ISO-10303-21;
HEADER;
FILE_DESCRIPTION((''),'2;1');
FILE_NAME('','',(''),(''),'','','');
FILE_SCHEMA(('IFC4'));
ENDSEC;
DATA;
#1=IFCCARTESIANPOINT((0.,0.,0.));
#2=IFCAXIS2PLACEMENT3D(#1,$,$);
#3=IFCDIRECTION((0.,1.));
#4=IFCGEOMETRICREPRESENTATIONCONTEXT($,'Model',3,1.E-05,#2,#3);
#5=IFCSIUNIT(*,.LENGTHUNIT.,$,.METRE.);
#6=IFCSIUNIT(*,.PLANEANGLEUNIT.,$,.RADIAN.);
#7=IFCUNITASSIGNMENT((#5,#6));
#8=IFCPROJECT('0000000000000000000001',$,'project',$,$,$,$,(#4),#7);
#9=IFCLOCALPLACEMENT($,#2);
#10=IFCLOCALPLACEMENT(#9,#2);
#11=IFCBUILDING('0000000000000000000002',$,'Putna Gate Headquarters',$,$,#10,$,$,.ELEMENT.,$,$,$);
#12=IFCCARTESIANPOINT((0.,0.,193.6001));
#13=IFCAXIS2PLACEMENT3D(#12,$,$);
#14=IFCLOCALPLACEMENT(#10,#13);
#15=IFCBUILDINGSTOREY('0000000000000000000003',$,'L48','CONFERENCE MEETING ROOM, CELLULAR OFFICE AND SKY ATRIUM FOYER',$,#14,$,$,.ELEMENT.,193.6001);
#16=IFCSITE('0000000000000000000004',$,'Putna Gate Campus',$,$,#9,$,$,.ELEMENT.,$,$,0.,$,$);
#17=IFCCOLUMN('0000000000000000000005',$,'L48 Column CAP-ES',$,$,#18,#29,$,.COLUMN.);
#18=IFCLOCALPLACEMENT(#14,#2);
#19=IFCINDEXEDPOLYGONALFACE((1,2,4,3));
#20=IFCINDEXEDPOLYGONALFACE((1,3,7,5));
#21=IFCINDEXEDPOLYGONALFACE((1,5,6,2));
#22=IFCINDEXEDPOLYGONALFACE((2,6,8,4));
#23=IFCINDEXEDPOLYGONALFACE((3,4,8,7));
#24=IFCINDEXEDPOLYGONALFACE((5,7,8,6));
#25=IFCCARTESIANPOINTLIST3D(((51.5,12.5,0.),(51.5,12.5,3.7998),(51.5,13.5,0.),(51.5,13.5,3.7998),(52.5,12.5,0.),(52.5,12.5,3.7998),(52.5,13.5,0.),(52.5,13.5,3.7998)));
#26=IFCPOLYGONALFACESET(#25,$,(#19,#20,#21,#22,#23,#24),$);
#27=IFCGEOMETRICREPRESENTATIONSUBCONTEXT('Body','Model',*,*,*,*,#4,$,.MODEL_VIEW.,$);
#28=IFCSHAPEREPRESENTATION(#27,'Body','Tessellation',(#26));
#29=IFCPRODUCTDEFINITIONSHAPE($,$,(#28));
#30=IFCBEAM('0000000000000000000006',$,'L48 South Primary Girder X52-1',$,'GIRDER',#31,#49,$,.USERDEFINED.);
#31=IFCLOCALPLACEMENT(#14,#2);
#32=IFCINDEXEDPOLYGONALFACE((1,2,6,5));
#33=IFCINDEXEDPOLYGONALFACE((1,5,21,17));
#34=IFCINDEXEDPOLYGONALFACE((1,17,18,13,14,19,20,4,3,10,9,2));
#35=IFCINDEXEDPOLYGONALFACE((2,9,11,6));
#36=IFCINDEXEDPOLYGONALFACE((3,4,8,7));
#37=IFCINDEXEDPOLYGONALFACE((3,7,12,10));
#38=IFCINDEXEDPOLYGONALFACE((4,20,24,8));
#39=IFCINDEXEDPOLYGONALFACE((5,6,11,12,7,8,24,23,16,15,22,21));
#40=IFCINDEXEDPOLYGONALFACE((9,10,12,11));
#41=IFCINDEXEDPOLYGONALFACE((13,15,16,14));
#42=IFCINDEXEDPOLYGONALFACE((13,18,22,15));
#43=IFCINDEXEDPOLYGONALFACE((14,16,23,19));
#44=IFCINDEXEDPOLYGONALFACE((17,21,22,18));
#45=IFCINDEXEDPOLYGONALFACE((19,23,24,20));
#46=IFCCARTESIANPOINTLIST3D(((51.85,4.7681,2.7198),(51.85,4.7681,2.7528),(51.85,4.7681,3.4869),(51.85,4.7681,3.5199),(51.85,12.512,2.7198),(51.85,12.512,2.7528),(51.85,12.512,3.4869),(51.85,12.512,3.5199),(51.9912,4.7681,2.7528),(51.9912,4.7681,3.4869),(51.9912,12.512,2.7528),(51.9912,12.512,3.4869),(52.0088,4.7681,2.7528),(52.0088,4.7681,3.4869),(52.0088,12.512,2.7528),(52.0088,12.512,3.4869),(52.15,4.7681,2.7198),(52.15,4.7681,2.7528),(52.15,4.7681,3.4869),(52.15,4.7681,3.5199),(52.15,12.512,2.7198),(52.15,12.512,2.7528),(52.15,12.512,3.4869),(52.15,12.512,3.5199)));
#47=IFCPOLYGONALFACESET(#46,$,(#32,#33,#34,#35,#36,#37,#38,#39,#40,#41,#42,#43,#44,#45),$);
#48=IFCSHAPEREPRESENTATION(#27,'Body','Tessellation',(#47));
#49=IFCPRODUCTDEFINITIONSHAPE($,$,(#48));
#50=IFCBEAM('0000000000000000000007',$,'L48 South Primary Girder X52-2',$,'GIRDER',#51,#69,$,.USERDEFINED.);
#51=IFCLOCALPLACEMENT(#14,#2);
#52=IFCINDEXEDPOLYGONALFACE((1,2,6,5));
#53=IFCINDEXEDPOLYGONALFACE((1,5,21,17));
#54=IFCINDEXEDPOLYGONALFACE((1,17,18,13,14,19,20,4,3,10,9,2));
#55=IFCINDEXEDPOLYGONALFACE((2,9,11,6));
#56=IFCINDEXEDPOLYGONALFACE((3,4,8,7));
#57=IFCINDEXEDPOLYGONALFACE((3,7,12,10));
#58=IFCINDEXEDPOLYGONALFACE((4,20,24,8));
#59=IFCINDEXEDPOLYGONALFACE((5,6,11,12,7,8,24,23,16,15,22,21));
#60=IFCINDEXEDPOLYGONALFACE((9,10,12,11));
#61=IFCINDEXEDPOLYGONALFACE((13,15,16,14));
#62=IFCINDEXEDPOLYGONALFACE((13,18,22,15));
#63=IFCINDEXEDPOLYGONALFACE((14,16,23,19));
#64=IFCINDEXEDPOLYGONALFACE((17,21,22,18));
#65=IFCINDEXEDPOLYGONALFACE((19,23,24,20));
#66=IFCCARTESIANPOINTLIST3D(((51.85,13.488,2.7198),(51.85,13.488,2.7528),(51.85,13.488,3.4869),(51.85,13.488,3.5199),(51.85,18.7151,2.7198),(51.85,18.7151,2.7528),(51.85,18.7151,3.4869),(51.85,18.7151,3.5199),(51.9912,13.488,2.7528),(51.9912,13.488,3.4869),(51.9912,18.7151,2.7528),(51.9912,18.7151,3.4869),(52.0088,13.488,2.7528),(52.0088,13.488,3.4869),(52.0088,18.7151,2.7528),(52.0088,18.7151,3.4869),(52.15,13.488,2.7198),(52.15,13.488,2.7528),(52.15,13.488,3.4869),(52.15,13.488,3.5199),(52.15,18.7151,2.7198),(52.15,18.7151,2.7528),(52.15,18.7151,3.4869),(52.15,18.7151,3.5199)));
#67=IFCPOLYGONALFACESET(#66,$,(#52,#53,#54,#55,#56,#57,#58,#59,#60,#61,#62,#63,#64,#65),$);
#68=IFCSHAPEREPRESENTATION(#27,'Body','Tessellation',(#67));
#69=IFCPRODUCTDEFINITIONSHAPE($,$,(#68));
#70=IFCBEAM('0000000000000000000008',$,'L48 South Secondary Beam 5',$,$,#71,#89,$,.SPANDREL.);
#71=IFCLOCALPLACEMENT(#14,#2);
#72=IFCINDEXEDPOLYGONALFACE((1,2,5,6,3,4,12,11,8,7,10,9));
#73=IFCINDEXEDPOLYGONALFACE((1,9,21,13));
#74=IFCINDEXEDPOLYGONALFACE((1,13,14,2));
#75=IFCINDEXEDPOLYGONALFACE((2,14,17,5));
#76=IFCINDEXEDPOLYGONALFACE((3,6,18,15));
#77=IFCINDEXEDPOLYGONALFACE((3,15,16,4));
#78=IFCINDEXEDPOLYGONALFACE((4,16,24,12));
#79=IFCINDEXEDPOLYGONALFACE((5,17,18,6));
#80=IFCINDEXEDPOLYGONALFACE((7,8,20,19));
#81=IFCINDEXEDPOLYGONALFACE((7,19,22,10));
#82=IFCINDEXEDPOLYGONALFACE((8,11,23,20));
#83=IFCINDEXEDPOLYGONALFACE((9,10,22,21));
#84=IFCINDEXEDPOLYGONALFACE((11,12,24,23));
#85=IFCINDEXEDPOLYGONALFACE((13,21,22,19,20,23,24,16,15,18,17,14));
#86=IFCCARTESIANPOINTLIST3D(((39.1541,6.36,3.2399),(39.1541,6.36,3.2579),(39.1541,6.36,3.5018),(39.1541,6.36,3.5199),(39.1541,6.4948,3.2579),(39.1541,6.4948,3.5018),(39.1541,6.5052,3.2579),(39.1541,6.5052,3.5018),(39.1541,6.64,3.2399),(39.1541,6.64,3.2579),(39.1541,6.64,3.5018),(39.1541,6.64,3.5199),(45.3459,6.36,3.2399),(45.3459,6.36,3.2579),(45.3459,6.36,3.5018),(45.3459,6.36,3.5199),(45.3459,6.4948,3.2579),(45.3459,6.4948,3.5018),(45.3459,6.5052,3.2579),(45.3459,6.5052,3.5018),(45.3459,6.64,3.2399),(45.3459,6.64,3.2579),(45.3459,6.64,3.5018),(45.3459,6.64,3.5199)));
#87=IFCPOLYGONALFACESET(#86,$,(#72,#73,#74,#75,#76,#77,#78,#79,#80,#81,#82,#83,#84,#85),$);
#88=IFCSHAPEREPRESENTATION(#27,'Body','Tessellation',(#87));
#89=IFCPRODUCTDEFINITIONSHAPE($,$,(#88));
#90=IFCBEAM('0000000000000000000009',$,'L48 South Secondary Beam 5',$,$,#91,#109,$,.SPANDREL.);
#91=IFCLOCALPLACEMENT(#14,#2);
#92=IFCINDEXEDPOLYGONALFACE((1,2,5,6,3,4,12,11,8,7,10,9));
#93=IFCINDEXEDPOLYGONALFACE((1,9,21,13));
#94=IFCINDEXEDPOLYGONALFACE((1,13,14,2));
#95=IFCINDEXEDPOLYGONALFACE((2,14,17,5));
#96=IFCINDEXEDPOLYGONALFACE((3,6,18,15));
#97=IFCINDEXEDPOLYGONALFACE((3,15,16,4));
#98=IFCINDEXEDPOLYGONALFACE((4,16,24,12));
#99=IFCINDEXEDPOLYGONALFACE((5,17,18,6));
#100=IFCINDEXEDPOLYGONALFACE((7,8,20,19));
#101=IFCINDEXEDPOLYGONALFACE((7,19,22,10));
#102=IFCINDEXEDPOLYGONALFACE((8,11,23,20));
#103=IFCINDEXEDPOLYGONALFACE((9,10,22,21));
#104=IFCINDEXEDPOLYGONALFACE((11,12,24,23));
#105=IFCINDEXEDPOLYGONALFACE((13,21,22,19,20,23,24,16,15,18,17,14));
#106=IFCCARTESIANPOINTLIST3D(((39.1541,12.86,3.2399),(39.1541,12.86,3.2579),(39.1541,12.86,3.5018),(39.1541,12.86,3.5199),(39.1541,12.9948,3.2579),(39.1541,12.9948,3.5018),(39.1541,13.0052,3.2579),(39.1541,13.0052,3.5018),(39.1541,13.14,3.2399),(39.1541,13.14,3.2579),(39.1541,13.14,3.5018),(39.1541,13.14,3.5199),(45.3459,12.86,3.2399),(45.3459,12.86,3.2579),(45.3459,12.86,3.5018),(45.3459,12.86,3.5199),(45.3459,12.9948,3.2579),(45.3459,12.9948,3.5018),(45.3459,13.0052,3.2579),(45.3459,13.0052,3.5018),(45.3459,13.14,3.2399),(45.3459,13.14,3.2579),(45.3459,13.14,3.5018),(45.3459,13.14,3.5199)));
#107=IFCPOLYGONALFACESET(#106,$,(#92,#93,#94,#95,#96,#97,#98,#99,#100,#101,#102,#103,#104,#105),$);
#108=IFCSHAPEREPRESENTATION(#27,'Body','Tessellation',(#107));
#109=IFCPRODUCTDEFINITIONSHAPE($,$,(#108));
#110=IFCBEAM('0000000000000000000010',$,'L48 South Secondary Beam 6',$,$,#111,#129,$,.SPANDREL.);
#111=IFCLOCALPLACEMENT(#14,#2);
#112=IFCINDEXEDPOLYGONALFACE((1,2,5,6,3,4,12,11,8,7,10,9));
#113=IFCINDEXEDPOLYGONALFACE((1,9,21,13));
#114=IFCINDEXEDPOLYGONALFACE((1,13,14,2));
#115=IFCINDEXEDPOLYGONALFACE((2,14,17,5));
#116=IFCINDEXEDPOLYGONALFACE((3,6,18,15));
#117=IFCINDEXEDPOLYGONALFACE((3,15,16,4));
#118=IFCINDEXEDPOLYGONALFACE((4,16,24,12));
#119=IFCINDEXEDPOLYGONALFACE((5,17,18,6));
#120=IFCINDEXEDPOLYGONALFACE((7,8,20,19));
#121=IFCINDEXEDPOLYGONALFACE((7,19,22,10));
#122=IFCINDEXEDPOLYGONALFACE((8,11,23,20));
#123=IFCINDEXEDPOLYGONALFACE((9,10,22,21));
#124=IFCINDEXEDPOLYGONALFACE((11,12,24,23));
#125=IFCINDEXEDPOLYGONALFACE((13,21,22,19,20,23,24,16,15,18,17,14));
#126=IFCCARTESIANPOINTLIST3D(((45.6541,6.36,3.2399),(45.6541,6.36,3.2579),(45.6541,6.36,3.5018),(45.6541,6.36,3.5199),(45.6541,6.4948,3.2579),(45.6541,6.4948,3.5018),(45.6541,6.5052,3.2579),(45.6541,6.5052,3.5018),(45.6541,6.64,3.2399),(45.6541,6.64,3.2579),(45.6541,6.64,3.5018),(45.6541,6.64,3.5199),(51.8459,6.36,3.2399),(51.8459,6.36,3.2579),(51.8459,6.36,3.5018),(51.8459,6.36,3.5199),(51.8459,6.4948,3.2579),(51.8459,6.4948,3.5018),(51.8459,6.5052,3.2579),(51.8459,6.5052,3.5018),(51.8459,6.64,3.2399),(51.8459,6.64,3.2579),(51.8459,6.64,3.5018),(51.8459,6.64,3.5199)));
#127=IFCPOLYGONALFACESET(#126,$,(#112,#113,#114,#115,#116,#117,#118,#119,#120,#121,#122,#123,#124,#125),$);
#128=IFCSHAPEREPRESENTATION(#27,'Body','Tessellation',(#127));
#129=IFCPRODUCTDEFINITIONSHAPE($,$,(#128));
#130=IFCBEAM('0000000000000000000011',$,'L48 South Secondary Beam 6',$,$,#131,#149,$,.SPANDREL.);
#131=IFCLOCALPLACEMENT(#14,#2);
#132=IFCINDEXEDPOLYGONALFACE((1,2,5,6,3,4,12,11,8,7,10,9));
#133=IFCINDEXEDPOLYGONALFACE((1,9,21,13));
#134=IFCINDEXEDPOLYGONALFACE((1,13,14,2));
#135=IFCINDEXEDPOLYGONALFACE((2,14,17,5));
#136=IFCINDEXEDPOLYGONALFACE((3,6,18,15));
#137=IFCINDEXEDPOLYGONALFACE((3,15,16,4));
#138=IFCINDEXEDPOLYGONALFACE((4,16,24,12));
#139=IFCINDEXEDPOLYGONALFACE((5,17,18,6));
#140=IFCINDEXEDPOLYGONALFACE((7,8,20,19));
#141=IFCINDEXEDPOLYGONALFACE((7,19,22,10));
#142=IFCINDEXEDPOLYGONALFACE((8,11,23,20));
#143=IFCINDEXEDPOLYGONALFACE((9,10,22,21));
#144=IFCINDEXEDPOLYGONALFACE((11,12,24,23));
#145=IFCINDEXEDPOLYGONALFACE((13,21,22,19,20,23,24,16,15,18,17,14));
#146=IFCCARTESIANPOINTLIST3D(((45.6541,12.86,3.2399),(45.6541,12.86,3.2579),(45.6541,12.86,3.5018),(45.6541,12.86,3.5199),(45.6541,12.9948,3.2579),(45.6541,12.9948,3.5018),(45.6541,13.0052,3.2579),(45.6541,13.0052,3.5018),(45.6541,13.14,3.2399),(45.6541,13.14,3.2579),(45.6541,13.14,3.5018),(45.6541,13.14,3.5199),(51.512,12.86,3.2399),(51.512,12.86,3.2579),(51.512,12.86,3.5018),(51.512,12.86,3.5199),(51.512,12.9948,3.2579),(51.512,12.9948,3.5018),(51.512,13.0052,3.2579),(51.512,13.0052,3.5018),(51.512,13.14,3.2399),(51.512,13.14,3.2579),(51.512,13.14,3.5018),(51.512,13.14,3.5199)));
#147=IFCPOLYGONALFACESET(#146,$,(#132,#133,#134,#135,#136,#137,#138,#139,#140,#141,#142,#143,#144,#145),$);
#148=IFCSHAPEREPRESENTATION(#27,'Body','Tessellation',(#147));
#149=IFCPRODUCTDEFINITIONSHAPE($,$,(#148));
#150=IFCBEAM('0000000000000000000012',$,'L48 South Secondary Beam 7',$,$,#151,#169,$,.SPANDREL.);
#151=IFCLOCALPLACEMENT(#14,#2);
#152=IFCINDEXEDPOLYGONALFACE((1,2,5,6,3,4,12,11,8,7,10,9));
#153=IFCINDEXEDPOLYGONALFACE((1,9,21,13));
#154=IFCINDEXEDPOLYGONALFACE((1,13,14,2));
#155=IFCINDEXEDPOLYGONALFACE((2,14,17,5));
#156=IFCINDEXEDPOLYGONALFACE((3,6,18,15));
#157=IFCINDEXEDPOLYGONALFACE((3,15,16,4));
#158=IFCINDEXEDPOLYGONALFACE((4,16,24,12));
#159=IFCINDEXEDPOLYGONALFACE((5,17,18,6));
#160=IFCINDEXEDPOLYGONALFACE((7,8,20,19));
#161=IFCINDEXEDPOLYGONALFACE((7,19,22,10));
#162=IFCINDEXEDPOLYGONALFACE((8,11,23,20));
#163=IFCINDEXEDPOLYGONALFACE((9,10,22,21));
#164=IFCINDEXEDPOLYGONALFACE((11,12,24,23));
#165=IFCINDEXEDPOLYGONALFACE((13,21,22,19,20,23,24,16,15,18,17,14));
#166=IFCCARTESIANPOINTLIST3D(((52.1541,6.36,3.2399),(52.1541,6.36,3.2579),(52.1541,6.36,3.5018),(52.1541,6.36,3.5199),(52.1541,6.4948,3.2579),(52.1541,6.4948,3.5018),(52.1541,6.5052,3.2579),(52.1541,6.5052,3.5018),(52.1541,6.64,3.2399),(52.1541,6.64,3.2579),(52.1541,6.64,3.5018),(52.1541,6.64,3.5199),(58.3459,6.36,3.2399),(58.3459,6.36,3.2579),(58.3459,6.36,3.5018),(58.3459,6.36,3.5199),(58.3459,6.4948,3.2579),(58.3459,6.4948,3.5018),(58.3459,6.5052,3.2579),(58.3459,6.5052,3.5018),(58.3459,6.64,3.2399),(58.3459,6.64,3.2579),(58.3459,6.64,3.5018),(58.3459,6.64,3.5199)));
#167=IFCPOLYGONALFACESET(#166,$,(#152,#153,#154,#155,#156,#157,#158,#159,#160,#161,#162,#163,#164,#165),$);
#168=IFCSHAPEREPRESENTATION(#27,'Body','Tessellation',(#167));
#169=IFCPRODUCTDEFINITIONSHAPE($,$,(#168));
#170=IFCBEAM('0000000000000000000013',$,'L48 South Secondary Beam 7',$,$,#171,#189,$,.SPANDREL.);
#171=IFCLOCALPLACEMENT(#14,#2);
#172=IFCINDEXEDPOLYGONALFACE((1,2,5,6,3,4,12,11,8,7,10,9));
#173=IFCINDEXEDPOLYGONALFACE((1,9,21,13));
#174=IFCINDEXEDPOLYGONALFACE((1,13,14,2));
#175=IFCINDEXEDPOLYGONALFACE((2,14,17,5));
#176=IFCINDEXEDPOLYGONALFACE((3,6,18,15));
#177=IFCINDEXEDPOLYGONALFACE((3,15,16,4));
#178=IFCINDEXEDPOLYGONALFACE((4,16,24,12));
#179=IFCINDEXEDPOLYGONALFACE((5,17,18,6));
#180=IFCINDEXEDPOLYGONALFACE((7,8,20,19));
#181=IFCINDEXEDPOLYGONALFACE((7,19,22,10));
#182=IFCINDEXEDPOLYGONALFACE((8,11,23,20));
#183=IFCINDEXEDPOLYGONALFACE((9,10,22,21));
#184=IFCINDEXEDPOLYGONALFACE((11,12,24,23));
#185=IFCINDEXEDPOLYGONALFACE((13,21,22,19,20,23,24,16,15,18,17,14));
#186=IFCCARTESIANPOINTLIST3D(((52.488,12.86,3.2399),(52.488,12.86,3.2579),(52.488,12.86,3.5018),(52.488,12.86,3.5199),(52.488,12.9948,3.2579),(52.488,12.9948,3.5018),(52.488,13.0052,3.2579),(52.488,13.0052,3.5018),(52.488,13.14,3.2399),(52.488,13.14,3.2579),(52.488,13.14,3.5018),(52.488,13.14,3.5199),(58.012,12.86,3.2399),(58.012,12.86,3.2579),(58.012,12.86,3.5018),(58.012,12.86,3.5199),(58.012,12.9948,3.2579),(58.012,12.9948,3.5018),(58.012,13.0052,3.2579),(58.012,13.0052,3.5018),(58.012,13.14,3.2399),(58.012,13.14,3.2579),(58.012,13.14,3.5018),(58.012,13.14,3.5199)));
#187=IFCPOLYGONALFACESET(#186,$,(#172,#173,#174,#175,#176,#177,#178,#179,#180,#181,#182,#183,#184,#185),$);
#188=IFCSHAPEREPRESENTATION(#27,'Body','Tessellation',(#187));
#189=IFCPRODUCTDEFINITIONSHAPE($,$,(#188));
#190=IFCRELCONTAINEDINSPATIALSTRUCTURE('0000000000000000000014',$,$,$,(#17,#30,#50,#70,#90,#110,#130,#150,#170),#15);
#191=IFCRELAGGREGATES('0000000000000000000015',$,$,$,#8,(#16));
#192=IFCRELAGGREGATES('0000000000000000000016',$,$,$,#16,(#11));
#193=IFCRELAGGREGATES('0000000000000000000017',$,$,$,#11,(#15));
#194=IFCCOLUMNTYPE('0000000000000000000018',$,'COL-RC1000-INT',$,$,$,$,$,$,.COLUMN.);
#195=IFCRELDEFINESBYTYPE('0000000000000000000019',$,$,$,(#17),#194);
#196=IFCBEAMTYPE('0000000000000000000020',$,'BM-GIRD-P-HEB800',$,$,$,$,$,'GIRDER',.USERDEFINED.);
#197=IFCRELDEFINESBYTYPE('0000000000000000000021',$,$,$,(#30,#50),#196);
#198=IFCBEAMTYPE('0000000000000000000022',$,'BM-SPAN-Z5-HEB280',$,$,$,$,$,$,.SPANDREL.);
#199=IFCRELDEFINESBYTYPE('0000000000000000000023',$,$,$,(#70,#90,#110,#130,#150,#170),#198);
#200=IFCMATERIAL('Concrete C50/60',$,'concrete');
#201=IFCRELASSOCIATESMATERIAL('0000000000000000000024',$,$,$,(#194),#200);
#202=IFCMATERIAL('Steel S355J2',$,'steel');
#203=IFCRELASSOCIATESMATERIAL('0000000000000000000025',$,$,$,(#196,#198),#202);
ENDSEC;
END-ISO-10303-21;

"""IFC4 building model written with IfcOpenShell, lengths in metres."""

from ifc_helpers import new_model, si_unit, direction, frame, origin, origin_2d, place, context, subcontext, project, spatial, rectangle, i_section, extrude, material, material_profile, profile_set, type_object, element, save


model = new_model("IFC4")

# Units and contexts
model_context = context("Model", 3, precision=1e-05, world=origin(), true_north=direction((0.0, 1.0)))
body_context = subcontext(model_context, "Body", "Model", "MODEL_VIEW")
ifc_project = project(units=[si_unit("LENGTHUNIT", "METRE"), si_unit("PLANEANGLEUNIT", "RADIAN")], contexts=[model_context])

# Site, building, storey
site_placement = place(None, origin())
site = spatial("IfcSite", under=ifc_project, at=site_placement, Name="Putna Gate Campus", CompositionType="ELEMENT", RefElevation=0.0)
building_placement = place(site_placement, origin())
building = spatial("IfcBuilding", under=site, at=building_placement, Name="Putna Gate Headquarters", CompositionType="ELEMENT")
storey_placement = place(building_placement, frame((0.0, 0.0, 193.6001)))
storey = spatial("IfcBuildingStorey", under=building, at=storey_placement, Name="L48", Description="CONFERENCE MEETING ROOM, CELLULAR OFFICE AND SKY ATRIUM FOYER", CompositionType="ELEMENT", Elevation=193.6001)

# Column
ifc_material_1 = material(Name="Concrete C50/60", Category="concrete")
ifc_material_profile_1 = material_profile(ifc_material_1, rectangle(XDim=1.0, YDim=1.0, at=origin_2d()), Name="Concrete C50/60")
ifc_profile_set_1 = profile_set([ifc_material_profile_1], Name="Concrete C50/60")
column_type = type_object("IfcColumnType", Name="COL-RC1000-INT", PredefinedType="COLUMN", material=ifc_profile_set_1)
column_placement = place(storey_placement, frame((52.0, 13.0, 0.0), z_axis=(0.0, 0.0, 1.0), x_axis=(1.0, 0.0, 0.0)))
element("IfcColumn", 1, at=column_placement, inside=storey, type_object=column_type, Name="L48 Column CAP-ES", PredefinedType="COLUMN", context=body_context, shape_type="SweptSolid", body=[
    extrude(rectangle(XDim=1.0, YDim=1.0, at=origin_2d()), origin(), (0.0, 0.0, 1.0), 3.7998),
])

# Beams
ifc_material_2 = material(Name="Steel S355J2", Category="steel")
ifc_material_profile_2 = material_profile(ifc_material_2, i_section(OverallWidth=0.3, OverallDepth=0.8, WebThickness=0.0176, FlangeThickness=0.033, at=origin_2d()), Name="Steel S355J2")
ifc_profile_set_2 = profile_set([ifc_material_profile_2], Name="Steel S355J2")
beam_type_1 = type_object("IfcBeamType", Name="BM-GIRD-P-HEB800", ElementType="GIRDER", PredefinedType="USERDEFINED", material=ifc_profile_set_2)
beam_1_placement = place(storey_placement, frame((52.0, 4.7681, 3.1199), z_axis=(0.0, 1.0, 0.0), x_axis=(-1.0, 0.0, 0.0)))
element("IfcBeam", 2, at=beam_1_placement, inside=storey, type_object=beam_type_1, Name="L48 South Primary Girder X52-1", ObjectType="GIRDER", PredefinedType="USERDEFINED", context=body_context, shape_type="SweptSolid", body=[
    extrude(i_section(OverallWidth=0.3, OverallDepth=0.8, WebThickness=0.0176, FlangeThickness=0.033, at=origin_2d()), origin(), (0.0, 0.0, 1.0), 7.7439),
])
beam_2_placement = place(storey_placement, frame((52.0, 13.488, 3.1199), z_axis=(0.0, 1.0, 0.0), x_axis=(-1.0, 0.0, 0.0)))
element("IfcBeam", 3, at=beam_2_placement, inside=storey, type_object=beam_type_1, Name="L48 South Primary Girder X52-2", ObjectType="GIRDER", PredefinedType="USERDEFINED", context=body_context, shape_type="SweptSolid", body=[
    extrude(i_section(OverallWidth=0.3, OverallDepth=0.8, WebThickness=0.0176, FlangeThickness=0.033, at=origin_2d()), origin(), (0.0, 0.0, 1.0), 5.2271),
])
ifc_material_profile_3 = material_profile(ifc_material_2, i_section(OverallWidth=0.28, OverallDepth=0.28, WebThickness=0.0105, FlangeThickness=0.0181, at=origin_2d()), Name="Steel S355J2")
ifc_profile_set_3 = profile_set([ifc_material_profile_3], Name="Steel S355J2")
beam_type_2 = type_object("IfcBeamType", Name="BM-SPAN-Z5-HEB280", PredefinedType="SPANDREL", material=ifc_profile_set_3)
for number, where, z_axis, x_axis, name in (
    (4, (39.1541, 6.5, 3.3799), (1.0, 0.0, 0.0), (0.0, 1.0, 0.0), "L48 South Secondary Beam 5"),
    (5, (39.1541, 13.0, 3.3799), (1.0, 0.0, 0.0), (0.0, 1.0, 0.0), "L48 South Secondary Beam 5"),
    (6, (45.6541, 6.5, 3.3799), (1.0, 0.0, 0.0), (0.0, 1.0, 0.0), "L48 South Secondary Beam 6"),
):
    element("IfcBeam", number, at=place(storey_placement, frame(where, z_axis=z_axis, x_axis=x_axis)), inside=storey, type_object=beam_type_2, Name=name, PredefinedType="SPANDREL", context=body_context, shape_type="SweptSolid", body=[
        extrude(i_section(OverallWidth=0.28, OverallDepth=0.28, WebThickness=0.0105, FlangeThickness=0.0181, at=origin_2d()), origin(), (0.0, 0.0, 1.0), 6.1919),
    ])
beam_3_placement = place(storey_placement, frame((45.6541, 13.0, 3.3799), z_axis=(1.0, 0.0, 0.0), x_axis=(0.0, 1.0, 0.0)))
element("IfcBeam", 7, at=beam_3_placement, inside=storey, type_object=beam_type_2, Name="L48 South Secondary Beam 6", PredefinedType="SPANDREL", context=body_context, shape_type="SweptSolid", body=[
    extrude(i_section(OverallWidth=0.28, OverallDepth=0.28, WebThickness=0.0105, FlangeThickness=0.0181, at=origin_2d()), origin(), (0.0, 0.0, 1.0), 5.8579),
])
beam_4_placement = place(storey_placement, frame((52.1541, 6.5, 3.3799), z_axis=(1.0, 0.0, 0.0), x_axis=(0.0, 1.0, 0.0)))
element("IfcBeam", 8, at=beam_4_placement, inside=storey, type_object=beam_type_2, Name="L48 South Secondary Beam 7", PredefinedType="SPANDREL", context=body_context, shape_type="SweptSolid", body=[
    extrude(i_section(OverallWidth=0.28, OverallDepth=0.28, WebThickness=0.0105, FlangeThickness=0.0181, at=origin_2d()), origin(), (0.0, 0.0, 1.0), 6.1919),
])
beam_5_placement = place(storey_placement, frame((52.488, 13.0, 3.3799), z_axis=(1.0, 0.0, 0.0), x_axis=(0.0, 1.0, 0.0)))
element("IfcBeam", 9, at=beam_5_placement, inside=storey, type_object=beam_type_2, Name="L48 South Secondary Beam 7", PredefinedType="SPANDREL", context=body_context, shape_type="SweptSolid", body=[
    extrude(i_section(OverallWidth=0.28, OverallDepth=0.28, WebThickness=0.0105, FlangeThickness=0.0181, at=origin_2d()), origin(), (0.0, 0.0, 1.0), 5.5239),
])

save(model, "model.ifc")
